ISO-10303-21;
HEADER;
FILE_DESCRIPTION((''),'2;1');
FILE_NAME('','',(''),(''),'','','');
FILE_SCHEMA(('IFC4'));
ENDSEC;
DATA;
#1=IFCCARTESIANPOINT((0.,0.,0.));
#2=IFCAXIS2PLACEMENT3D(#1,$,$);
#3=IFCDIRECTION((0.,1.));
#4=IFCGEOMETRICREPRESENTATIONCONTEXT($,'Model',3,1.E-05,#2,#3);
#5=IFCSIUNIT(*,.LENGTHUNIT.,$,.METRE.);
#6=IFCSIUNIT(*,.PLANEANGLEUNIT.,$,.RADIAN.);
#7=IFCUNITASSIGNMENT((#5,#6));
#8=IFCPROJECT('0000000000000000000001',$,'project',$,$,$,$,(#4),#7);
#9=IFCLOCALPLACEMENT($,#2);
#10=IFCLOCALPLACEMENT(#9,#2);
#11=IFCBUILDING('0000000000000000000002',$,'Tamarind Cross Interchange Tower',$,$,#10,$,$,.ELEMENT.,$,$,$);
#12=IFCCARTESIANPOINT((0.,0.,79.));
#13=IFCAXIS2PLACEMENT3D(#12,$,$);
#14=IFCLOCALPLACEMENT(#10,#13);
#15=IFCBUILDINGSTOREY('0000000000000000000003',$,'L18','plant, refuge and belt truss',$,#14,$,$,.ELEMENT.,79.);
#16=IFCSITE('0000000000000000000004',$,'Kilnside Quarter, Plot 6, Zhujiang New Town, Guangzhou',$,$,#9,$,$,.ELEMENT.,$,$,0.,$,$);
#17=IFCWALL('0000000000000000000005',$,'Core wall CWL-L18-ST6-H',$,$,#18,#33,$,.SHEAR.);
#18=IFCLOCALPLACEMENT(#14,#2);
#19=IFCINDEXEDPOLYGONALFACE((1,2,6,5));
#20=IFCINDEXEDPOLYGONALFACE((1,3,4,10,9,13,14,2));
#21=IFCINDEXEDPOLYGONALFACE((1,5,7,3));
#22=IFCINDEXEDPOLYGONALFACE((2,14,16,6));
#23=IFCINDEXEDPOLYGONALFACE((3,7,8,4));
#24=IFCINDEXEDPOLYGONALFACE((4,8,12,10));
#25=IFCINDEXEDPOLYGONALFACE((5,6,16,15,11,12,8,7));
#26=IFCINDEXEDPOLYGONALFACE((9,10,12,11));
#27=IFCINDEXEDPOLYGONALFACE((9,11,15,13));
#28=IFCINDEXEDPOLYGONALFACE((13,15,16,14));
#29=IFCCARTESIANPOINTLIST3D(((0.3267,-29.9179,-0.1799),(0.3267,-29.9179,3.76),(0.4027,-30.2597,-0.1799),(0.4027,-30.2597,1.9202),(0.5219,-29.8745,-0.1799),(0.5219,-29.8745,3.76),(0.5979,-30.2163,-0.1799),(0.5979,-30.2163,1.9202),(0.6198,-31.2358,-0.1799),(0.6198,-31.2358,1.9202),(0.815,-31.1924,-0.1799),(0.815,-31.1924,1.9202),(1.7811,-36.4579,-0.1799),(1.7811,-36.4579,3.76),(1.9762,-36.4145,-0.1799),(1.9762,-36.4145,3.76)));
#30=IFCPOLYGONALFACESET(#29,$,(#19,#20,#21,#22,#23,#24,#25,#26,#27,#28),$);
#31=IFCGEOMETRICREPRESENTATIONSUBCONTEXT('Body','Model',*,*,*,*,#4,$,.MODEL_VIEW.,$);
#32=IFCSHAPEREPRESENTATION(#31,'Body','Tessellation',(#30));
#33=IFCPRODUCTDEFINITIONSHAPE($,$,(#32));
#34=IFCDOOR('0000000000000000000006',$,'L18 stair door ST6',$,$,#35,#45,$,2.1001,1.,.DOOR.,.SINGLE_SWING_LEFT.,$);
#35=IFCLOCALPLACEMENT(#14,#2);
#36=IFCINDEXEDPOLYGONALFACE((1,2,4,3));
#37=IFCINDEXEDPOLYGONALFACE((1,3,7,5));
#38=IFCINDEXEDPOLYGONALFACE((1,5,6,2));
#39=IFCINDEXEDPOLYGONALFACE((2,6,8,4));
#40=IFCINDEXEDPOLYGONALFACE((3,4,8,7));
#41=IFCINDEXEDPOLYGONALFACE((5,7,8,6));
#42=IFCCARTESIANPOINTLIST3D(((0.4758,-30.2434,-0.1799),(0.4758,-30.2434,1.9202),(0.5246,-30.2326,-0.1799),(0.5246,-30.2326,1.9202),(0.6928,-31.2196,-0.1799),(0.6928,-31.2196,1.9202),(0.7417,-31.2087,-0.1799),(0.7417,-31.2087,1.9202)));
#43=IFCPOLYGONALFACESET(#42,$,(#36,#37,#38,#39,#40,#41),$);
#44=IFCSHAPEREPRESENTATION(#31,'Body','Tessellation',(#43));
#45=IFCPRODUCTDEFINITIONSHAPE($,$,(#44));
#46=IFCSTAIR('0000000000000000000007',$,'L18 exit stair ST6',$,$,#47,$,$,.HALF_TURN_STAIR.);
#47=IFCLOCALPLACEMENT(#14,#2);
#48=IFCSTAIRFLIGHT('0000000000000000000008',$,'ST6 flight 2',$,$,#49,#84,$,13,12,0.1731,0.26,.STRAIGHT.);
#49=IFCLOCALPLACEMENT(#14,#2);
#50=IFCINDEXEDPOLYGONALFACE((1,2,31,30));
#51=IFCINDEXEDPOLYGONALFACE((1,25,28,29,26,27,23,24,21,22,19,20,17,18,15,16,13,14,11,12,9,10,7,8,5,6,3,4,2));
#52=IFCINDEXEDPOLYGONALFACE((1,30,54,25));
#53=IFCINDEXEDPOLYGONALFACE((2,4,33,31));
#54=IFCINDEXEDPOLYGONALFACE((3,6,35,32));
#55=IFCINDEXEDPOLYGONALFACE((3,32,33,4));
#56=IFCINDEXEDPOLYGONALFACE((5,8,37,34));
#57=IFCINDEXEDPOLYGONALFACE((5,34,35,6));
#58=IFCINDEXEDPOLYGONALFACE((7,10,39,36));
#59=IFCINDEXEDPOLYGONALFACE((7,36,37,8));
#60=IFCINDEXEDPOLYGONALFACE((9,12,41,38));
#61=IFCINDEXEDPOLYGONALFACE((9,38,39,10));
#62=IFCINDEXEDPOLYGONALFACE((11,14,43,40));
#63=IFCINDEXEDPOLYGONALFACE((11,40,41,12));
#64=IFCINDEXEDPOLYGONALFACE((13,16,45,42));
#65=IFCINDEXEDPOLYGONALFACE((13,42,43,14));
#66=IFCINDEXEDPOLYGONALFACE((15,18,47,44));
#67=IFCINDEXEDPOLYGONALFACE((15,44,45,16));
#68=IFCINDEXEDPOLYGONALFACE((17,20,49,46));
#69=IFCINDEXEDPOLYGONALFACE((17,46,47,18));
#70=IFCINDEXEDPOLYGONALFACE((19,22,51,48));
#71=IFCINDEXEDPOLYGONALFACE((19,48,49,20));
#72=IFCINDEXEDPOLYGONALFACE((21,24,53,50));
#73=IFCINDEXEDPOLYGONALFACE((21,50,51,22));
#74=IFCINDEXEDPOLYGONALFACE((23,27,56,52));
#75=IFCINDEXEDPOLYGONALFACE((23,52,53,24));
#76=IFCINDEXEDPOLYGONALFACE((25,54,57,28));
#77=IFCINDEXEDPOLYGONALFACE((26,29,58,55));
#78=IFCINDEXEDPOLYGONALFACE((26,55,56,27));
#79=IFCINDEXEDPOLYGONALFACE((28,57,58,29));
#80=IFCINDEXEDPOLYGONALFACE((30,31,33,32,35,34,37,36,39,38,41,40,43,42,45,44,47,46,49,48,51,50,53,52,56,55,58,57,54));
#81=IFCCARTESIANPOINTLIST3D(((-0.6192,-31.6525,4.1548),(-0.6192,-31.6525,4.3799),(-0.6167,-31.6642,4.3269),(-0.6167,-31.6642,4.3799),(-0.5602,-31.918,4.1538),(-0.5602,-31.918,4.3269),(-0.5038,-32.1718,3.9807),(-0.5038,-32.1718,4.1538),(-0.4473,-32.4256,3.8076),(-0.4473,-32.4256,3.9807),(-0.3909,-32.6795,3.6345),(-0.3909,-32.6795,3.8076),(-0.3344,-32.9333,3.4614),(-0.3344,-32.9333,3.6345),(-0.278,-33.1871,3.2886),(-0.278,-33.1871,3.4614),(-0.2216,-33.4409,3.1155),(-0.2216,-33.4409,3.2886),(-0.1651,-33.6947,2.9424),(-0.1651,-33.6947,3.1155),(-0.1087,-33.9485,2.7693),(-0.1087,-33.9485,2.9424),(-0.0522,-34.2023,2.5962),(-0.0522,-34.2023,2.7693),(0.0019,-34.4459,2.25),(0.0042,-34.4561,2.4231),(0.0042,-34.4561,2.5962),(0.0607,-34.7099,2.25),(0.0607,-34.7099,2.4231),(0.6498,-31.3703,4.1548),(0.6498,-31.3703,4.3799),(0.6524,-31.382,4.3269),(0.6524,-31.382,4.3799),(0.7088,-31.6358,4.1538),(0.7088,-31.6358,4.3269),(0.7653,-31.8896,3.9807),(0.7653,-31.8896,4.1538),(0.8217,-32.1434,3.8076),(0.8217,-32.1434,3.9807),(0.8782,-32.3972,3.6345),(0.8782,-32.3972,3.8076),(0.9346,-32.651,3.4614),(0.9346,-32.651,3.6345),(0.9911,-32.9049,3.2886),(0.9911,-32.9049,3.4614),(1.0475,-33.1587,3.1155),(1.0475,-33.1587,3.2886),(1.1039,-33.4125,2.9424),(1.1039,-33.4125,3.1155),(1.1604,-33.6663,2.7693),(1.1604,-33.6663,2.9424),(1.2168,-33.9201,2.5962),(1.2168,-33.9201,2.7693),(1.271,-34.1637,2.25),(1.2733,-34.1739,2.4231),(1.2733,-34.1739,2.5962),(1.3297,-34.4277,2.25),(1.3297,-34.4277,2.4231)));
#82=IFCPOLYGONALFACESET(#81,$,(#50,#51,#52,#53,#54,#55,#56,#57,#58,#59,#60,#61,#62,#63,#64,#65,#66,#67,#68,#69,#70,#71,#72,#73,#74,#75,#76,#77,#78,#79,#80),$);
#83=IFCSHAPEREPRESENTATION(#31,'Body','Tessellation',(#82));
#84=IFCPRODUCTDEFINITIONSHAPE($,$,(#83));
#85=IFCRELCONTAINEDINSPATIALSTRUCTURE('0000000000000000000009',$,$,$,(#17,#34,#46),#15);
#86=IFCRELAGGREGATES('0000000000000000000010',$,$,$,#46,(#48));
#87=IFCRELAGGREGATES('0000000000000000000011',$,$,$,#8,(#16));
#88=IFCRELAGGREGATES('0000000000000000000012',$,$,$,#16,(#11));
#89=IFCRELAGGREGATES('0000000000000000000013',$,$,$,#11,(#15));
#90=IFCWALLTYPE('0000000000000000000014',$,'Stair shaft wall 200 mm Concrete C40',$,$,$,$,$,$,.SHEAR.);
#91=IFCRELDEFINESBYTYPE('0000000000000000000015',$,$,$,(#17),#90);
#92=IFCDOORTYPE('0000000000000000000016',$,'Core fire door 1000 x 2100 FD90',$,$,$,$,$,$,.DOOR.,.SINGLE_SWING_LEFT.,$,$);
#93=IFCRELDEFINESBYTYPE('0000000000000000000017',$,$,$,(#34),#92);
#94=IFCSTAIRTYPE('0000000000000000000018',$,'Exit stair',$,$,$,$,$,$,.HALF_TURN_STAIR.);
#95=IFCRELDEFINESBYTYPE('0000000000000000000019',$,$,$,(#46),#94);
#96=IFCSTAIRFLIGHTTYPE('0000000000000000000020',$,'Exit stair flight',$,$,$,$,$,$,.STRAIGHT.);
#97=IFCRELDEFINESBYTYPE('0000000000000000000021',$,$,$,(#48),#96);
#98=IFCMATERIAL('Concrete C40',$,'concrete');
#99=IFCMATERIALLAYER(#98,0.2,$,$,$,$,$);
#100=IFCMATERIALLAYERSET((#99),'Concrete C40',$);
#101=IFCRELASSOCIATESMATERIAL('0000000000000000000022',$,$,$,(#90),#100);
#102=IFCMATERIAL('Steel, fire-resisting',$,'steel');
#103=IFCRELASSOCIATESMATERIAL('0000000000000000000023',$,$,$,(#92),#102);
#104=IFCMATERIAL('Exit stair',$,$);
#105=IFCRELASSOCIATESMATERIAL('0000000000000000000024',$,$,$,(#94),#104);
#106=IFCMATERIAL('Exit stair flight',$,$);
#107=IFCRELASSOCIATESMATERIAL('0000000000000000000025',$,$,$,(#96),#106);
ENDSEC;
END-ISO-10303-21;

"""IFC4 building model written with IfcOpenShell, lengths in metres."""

from ifc_helpers import new_model, si_unit, direction, frame, frame_2d, origin, place, context, subcontext, project, spatial, polyline, rectangle, outline, extrude, material, layer, layer_set, type_object, element, fill, aggregate, save


model = new_model("IFC4")

# Units and contexts
model_context = context("Model", 3, precision=1e-05, world=origin(), true_north=direction((0.0, 1.0)))
body_context = subcontext(model_context, "Body", "Model", "MODEL_VIEW")
ifc_project = project(units=[si_unit("LENGTHUNIT", "METRE"), si_unit("PLANEANGLEUNIT", "RADIAN")], contexts=[model_context])

# Site, building, storey
site_placement = place(None, origin())
site = spatial("IfcSite", under=ifc_project, at=site_placement, Name="Kilnside Quarter, Plot 6, Zhujiang New Town, Guangzhou", CompositionType="ELEMENT", RefElevation=0.0)
building_placement = place(site_placement, origin())
building = spatial("IfcBuilding", under=site, at=building_placement, Name="Tamarind Cross Interchange Tower", CompositionType="ELEMENT")
storey_placement = place(building_placement, frame((0.0, 0.0, 79.0)))
storey = spatial("IfcBuildingStorey", under=building, at=storey_placement, Name="L18", Description="plant, refuge and belt truss", CompositionType="ELEMENT", Elevation=79.0)

# Wall, opening, door
ifc_material_1 = material(Name="Concrete C40", Category="concrete")
ifc_layer_1 = layer(ifc_material_1, 0.2)
ifc_layer_set_1 = layer_set([ifc_layer_1], Name="Concrete C40")
wall_type_1 = type_object("IfcWallType", Name="Stair shaft wall 200 mm Concrete C40", PredefinedType="SHEAR", material=ifc_layer_set_1)
wall_1_placement = place(storey_placement, frame((0.4243, -29.8962, -0.1799), z_axis=(0.0, 0.0, 1.0), x_axis=(0.217073, -0.976155, 0.0)))
wall_1 = element("IfcWall", 1, at=wall_1_placement, inside=storey, type_object=wall_type_1, Name="Core wall CWL-L18-ST6-H", PredefinedType="SHEAR", context=body_context, shape_type="SweptSolid", body=[
    extrude(rectangle(XDim=6.6997, YDim=0.2, at=frame_2d((3.3499, 0.0))), origin(), (0.0, 0.0, 1.0), 3.9399),
])
opening_1_placement = place(wall_1_placement, frame((0.3501, 0.0, 0.0)))
opening_1 = element("IfcOpeningElement", 2, at=opening_1_placement, cuts=wall_1, PredefinedType="OPENING", context=body_context, shape_type="SweptSolid", body=[
    extrude(rectangle(XDim=1.0, YDim=2.1001, at=frame_2d((0.5, 1.05))), frame((0.0, 0.1099, 0.0), z_axis=(0.0, -1.0, 0.0), x_axis=(1.0, 0.0, 0.0)), (0.0, 0.0, 1.0), 0.22),
])
ifc_material_2 = material(Name="Steel, fire-resisting", Category="steel")
door_type_1 = type_object("IfcDoorType", Name="Core fire door 1000 x 2100 FD90", OperationType="SINGLE_SWING_LEFT", PredefinedType="DOOR", material=ifc_material_2)
door_1_placement = place(opening_1_placement, origin())
door_1 = element("IfcDoor", 3, at=door_1_placement, inside=storey, type_object=door_type_1, Name="L18 stair door ST6", OperationType="SINGLE_SWING_LEFT", OverallHeight=2.1001, OverallWidth=1.0, PredefinedType="DOOR", context=body_context, shape_type="SweptSolid", body=[
    extrude(rectangle(XDim=1.0, YDim=2.1001, at=frame_2d((0.5, 1.05))), frame((0.0, 0.0249, 0.0), z_axis=(0.0, -1.0, 0.0), x_axis=(1.0, 0.0, 0.0)), (0.0, 0.0, 1.0), 0.05),
])
fill(opening_1, door_1)

# Stair, stair flight
ifc_material_3 = material(Name="Exit stair")
stair_type = type_object("IfcStairType", Name="Exit stair", PredefinedType="HALF_TURN_STAIR", material=ifc_material_3)
stair_placement = place(storey_placement, origin())
stair = element("IfcStair", 4, at=stair_placement, inside=storey, type_object=stair_type, Name="L18 exit stair ST6", PredefinedType="HALF_TURN_STAIR")
ifc_material_4 = material(Name="Exit stair flight")
stair_flight_type = type_object("IfcStairFlightType", Name="Exit stair flight", PredefinedType="STRAIGHT", material=ifc_material_4)
stair_flight_placement = place(storey_placement, frame((0.6951, -34.5688, 2.25), z_axis=(0.0, 0.0, 1.0), x_axis=(-0.21708, 0.976154, 0.0)))
stair_flight = element("IfcStairFlight", 5, at=stair_flight_placement, type_object=stair_flight_type, Name="ST6 flight 2", NumberOfRisers=13, NumberOfTreads=12, PredefinedType="STRAIGHT", RiserHeight=0.1731, TreadLength=0.26, context=body_context, shape_type="SweptSolid", body=[
    extrude(outline(polyline([(0.0, 0.0), (0.0, 0.1731), (0.26, 0.1731), (0.26, 0.3462), (0.52, 0.3462), (0.52, 0.5193), (0.78, 0.5193), (0.78, 0.6924), (1.04, 0.6924), (1.04, 0.8655), (1.3, 0.8655), (1.3, 1.0386), (1.5601, 1.0386), (1.5601, 1.2114), (1.8201, 1.2114), (1.8201, 1.3845), (2.0801, 1.3845), (2.0801, 1.5576), (2.3401, 1.5576), (2.3401, 1.7307), (2.6001, 1.7307), (2.6001, 1.9038), (2.8601, 1.9038), (2.8601, 2.0769), (3.1201, 2.0769), (3.1201, 2.1299), (3.1321, 2.1299), (3.1321, 1.9048), (0.2705, 0.0), (0.0, 0.0)])), frame((0.0, 0.6499, 0.0), z_axis=(0.0, -1.0, 0.0), x_axis=(1.0, 0.0, 0.0)), (0.0, 0.0, 1.0), 1.3),
])
aggregate(stair, [stair_flight])

save(model, "model.ifc")
